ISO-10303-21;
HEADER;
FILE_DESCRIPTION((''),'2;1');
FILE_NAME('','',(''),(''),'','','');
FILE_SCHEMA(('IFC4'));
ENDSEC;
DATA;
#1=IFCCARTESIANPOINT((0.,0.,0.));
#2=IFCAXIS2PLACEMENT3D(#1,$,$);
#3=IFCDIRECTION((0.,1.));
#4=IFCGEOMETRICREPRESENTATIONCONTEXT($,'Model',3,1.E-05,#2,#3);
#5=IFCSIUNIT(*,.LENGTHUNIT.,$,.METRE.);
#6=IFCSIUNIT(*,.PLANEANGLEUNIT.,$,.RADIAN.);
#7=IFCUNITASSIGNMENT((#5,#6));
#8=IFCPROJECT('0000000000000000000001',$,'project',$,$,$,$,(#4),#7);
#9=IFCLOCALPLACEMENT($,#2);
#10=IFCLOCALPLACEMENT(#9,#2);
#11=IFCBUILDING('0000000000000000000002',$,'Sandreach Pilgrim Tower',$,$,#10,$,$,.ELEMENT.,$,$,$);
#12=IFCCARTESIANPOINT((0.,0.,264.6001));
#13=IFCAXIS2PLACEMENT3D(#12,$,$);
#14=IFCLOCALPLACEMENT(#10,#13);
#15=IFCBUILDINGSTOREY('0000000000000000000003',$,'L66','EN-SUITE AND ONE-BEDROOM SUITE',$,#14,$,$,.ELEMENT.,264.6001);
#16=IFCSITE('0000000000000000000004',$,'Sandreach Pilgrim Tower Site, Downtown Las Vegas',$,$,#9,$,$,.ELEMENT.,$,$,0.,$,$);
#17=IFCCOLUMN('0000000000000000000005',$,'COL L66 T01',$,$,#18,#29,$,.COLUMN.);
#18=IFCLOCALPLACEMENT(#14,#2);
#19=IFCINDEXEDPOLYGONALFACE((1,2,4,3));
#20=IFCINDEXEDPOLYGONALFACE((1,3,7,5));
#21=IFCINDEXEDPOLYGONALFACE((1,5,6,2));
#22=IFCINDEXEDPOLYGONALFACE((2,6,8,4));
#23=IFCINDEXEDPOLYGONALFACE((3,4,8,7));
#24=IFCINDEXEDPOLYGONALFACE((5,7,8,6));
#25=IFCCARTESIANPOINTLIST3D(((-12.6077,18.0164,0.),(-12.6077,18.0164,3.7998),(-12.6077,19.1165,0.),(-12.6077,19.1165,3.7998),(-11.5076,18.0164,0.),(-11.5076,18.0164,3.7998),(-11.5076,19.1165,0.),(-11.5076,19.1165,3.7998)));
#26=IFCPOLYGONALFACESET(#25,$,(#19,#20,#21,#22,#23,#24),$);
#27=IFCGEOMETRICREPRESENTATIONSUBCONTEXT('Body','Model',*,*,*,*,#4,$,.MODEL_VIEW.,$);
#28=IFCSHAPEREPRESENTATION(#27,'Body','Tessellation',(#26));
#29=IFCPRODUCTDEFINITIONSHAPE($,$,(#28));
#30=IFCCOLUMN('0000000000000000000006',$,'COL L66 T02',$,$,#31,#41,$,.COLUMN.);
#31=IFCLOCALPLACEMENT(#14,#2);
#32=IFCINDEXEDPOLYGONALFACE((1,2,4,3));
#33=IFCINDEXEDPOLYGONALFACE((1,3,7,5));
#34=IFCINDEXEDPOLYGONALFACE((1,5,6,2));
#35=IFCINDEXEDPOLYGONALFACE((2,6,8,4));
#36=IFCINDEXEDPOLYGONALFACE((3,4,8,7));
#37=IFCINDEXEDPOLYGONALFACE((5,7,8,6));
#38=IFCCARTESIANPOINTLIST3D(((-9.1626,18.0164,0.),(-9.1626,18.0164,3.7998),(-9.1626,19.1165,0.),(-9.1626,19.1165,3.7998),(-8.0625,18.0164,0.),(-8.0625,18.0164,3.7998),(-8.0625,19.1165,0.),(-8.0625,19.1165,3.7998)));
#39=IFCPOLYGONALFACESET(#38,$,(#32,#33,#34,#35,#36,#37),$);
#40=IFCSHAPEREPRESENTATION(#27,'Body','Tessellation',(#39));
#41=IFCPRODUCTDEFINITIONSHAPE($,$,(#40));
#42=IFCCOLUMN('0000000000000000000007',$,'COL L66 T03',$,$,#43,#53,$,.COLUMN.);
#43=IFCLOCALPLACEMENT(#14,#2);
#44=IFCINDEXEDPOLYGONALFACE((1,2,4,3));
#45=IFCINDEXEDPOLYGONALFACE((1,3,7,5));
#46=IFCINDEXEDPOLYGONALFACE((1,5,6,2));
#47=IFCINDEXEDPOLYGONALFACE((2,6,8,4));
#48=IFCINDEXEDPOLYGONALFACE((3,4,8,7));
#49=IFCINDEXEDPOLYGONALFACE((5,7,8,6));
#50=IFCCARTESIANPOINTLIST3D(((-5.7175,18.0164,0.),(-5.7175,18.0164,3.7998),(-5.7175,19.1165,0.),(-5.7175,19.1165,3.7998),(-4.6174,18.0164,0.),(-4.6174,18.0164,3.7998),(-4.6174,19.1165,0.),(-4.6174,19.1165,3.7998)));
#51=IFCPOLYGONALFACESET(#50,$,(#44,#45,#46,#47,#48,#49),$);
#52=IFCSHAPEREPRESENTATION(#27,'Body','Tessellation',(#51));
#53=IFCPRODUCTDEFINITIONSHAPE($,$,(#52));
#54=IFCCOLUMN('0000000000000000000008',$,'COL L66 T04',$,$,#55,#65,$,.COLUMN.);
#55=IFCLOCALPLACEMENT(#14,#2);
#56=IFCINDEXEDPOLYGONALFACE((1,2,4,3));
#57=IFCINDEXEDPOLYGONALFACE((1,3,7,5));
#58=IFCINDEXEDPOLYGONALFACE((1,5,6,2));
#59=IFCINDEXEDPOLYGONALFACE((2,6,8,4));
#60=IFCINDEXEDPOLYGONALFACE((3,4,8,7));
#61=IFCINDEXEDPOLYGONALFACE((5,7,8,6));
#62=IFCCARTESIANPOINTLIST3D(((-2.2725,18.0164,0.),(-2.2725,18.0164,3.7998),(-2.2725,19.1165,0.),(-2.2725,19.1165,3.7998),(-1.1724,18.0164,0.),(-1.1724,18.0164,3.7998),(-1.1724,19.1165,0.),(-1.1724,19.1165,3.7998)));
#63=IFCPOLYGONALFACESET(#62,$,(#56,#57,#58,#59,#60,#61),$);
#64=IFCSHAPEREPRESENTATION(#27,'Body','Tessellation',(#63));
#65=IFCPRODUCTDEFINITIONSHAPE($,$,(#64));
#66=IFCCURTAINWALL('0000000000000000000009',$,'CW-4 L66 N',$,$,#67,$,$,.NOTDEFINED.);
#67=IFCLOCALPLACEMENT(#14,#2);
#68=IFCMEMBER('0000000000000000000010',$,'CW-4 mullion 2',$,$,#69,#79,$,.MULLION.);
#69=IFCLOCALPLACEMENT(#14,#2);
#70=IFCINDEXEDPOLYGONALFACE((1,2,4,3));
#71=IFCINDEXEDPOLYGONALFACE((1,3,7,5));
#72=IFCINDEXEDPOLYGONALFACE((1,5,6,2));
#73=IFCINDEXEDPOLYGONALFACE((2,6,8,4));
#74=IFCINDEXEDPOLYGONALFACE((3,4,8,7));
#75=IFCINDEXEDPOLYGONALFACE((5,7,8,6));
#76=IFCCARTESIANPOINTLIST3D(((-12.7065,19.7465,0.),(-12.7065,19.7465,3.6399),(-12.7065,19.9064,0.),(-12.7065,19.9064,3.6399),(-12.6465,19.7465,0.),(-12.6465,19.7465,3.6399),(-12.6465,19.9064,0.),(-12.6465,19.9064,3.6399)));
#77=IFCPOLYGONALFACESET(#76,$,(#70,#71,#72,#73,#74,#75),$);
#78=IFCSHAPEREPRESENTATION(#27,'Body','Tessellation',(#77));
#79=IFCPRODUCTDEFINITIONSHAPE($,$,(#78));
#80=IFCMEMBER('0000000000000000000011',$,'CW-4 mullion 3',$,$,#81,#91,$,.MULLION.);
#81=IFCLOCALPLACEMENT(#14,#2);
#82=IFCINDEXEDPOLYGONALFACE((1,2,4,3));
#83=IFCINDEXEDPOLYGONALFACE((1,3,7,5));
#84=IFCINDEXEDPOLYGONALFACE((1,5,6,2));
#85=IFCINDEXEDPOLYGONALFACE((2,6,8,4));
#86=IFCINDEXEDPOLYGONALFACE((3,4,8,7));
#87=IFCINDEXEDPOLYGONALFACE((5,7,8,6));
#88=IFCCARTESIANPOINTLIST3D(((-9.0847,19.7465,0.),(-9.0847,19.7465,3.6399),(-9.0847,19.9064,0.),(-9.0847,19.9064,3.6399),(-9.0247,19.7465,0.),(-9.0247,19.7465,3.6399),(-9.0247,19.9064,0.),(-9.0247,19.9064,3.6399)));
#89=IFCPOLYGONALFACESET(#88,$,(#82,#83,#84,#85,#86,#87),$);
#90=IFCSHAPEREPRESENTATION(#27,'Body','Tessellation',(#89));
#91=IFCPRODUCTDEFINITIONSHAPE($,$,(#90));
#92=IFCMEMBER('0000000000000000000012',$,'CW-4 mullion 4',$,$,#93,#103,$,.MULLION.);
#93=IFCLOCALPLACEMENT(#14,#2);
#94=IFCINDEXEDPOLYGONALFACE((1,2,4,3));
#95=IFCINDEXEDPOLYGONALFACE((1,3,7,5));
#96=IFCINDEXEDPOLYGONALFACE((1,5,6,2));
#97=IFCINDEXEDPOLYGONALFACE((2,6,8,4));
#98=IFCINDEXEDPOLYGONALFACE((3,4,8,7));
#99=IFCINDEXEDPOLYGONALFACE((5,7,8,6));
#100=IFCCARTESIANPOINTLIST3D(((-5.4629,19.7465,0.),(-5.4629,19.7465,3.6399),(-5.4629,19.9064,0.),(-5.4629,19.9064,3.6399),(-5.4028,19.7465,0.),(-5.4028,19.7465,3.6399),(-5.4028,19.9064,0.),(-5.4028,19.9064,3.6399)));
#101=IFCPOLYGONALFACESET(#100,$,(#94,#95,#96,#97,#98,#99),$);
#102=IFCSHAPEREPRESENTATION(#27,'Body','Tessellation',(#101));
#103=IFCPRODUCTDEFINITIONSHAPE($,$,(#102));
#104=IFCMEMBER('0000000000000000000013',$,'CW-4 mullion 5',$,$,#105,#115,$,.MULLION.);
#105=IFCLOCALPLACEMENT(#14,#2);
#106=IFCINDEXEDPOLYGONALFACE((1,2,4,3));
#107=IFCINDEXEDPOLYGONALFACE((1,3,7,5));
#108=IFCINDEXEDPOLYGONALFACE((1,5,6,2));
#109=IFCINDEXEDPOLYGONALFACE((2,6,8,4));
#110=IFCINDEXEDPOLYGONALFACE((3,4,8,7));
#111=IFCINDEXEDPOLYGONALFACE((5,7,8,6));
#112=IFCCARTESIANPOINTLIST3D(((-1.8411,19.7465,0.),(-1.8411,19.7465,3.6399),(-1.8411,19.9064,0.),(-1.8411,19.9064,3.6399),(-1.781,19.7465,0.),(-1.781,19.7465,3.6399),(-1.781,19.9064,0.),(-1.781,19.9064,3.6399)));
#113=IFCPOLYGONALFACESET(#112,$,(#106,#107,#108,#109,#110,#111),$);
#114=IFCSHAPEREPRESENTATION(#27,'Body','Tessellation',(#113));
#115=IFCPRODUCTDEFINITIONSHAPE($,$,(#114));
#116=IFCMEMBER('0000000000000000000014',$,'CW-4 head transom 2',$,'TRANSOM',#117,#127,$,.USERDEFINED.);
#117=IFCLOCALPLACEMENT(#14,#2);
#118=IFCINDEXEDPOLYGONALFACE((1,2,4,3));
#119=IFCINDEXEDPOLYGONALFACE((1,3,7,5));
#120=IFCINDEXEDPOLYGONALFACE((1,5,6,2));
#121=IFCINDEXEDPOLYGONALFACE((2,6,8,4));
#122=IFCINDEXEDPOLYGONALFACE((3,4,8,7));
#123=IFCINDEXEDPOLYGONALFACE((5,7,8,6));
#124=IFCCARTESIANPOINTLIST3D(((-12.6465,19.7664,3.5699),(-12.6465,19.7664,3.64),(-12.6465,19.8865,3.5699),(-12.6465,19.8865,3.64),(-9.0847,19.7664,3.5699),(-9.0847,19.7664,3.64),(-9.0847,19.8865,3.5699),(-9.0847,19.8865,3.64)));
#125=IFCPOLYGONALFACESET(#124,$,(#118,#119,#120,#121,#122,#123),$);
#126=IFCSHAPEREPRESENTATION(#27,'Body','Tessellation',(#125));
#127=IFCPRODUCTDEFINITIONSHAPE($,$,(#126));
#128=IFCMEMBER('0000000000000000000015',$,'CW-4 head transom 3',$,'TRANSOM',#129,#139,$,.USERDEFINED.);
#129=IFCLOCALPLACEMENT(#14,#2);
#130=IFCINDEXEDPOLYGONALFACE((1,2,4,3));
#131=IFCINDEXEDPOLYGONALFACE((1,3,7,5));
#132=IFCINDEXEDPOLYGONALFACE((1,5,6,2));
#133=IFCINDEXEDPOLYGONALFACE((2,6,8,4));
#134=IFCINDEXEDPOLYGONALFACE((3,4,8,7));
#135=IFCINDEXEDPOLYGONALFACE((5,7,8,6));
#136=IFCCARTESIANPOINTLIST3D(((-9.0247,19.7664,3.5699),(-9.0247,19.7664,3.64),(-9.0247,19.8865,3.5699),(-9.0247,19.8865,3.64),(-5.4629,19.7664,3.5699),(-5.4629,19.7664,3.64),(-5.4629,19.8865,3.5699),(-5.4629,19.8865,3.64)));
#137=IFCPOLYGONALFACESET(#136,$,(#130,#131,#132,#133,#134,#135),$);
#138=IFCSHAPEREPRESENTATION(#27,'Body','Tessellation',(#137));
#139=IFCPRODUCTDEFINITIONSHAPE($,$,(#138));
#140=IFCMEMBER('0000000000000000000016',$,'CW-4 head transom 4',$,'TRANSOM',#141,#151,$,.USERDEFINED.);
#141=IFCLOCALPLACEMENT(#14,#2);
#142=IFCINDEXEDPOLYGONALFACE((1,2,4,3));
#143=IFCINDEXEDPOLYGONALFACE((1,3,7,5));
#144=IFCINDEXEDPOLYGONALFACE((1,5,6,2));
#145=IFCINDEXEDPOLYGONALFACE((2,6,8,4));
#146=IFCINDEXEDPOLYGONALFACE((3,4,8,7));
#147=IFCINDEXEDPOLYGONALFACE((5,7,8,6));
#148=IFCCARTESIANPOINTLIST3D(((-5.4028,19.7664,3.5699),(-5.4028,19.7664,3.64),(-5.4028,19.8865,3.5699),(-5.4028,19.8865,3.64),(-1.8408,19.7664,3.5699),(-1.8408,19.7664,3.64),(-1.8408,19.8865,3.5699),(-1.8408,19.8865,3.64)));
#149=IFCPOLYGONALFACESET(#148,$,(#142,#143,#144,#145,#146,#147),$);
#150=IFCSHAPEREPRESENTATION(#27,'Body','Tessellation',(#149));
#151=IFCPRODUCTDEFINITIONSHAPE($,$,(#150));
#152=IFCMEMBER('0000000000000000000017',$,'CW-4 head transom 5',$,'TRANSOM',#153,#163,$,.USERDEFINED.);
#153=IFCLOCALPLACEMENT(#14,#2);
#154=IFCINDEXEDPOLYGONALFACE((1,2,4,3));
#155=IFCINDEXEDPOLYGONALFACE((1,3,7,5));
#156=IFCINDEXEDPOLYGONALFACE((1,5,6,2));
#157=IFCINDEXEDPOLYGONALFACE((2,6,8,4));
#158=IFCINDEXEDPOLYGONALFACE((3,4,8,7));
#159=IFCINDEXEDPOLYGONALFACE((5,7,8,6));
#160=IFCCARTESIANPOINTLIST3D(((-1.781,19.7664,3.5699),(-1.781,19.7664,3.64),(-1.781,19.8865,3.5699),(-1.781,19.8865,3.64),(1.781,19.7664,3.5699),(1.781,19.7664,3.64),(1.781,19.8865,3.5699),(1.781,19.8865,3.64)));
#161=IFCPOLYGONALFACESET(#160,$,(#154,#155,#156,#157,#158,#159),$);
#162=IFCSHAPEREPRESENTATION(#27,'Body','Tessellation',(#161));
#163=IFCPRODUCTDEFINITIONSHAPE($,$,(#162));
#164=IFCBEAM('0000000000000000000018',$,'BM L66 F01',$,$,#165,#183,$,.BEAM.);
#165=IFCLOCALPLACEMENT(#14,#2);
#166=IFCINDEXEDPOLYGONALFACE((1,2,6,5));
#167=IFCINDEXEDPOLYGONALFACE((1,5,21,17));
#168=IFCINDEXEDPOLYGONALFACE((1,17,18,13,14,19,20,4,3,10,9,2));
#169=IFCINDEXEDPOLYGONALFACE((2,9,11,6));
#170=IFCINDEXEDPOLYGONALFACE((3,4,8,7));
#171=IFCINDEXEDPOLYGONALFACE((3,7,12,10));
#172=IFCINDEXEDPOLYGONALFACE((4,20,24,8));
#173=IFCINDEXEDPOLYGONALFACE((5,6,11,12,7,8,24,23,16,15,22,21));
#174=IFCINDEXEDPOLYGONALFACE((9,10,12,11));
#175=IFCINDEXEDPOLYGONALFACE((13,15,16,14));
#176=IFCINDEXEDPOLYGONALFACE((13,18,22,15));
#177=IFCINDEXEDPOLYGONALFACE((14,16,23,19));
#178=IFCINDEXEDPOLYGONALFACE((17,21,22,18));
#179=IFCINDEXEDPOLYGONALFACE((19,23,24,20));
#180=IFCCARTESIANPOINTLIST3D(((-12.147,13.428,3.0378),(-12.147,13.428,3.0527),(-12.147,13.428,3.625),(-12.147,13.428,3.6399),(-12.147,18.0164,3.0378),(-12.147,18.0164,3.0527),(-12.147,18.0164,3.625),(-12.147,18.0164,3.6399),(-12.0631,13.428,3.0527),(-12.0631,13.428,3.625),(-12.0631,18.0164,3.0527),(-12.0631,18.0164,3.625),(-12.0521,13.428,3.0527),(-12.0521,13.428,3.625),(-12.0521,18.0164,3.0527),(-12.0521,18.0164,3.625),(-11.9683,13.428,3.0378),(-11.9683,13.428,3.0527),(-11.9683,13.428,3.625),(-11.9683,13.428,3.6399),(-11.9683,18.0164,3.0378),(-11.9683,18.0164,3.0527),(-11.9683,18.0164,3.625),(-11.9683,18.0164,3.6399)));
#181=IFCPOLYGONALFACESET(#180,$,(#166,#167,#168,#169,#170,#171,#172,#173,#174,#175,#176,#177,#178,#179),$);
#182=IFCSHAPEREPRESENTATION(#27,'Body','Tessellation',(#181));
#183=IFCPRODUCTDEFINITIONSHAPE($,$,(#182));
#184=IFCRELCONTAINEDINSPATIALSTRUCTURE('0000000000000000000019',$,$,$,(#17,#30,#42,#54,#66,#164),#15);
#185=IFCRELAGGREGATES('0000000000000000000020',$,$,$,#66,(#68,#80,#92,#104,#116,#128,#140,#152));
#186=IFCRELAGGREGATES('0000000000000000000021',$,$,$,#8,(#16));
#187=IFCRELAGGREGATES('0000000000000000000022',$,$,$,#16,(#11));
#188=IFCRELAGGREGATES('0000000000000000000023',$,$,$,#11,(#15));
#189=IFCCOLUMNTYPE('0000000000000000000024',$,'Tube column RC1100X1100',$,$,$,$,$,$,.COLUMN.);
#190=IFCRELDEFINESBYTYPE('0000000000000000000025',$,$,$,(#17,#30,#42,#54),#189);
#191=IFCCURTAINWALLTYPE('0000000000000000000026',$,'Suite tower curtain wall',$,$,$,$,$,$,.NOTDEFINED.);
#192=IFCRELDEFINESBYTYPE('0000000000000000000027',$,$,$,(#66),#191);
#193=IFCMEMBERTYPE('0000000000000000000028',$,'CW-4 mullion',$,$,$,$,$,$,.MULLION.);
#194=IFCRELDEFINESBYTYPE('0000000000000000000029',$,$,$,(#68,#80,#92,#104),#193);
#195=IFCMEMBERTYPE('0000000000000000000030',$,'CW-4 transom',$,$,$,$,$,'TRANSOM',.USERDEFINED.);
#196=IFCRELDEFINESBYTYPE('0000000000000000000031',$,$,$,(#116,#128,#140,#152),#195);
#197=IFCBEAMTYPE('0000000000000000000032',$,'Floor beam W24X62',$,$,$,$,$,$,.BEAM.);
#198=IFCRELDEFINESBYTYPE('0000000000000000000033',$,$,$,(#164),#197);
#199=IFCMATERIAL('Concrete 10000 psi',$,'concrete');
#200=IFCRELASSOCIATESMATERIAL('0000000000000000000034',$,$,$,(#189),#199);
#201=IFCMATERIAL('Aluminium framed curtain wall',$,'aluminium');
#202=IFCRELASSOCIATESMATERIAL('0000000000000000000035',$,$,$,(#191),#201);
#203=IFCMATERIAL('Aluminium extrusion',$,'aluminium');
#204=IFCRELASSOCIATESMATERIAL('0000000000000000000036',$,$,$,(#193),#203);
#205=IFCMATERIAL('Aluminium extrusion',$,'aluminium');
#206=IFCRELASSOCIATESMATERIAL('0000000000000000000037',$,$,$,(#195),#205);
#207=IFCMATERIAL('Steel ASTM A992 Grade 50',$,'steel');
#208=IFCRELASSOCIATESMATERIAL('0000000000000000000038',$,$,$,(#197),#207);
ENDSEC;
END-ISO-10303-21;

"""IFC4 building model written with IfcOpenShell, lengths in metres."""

from ifc_helpers import new_model, si_unit, direction, frame, origin, origin_2d, place, context, subcontext, project, spatial, rectangle, i_section, extrude, material, material_profile, profile_set, type_object, element, aggregate, save


model = new_model("IFC4")

# Units and contexts
model_context = context("Model", 3, precision=1e-05, world=origin(), true_north=direction((0.0, 1.0)))
body_context = subcontext(model_context, "Body", "Model", "MODEL_VIEW")
ifc_project = project(units=[si_unit("LENGTHUNIT", "METRE"), si_unit("PLANEANGLEUNIT", "RADIAN")], contexts=[model_context])

# Site, building, storey
site_placement = place(None, origin())
site = spatial("IfcSite", under=ifc_project, at=site_placement, Name="Sandreach Pilgrim Tower Site, Downtown Las Vegas", CompositionType="ELEMENT", RefElevation=0.0)
building_placement = place(site_placement, origin())
building = spatial("IfcBuilding", under=site, at=building_placement, Name="Sandreach Pilgrim Tower", CompositionType="ELEMENT")
storey_placement = place(building_placement, frame((0.0, 0.0, 264.6001)))
storey = spatial("IfcBuildingStorey", under=building, at=storey_placement, Name="L66", Description="EN-SUITE AND ONE-BEDROOM SUITE", CompositionType="ELEMENT", Elevation=264.6001)

# Columns
ifc_material_1 = material(Name="Concrete 10000 psi", Category="concrete")
ifc_material_profile_1 = material_profile(ifc_material_1, rectangle(XDim=1.1001, YDim=1.1001, at=origin_2d()), Name="RC1100X1100")
ifc_profile_set_1 = profile_set([ifc_material_profile_1], Name="Concrete 10000 psi")
column_type = type_object("IfcColumnType", Name="Tube column RC1100X1100", PredefinedType="COLUMN", material=ifc_profile_set_1)
for number, where, z_axis, x_axis, name in (
    (1, (-12.0576, 18.5664, 0.0), (0.0, 0.0, 1.0), (0.0, 1.0, 0.0), "COL L66 T01"),
    (2, (-8.6125, 18.5664, 0.0), (0.0, 0.0, 1.0), (0.0, 1.0, 0.0), "COL L66 T02"),
    (3, (-5.1675, 18.5664, 0.0), (0.0, 0.0, 1.0), (0.0, 1.0, 0.0), "COL L66 T03"),
    (4, (-1.7224, 18.5664, 0.0), (0.0, 0.0, 1.0), (0.0, 1.0, 0.0), "COL L66 T04"),
):
    element("IfcColumn", number, at=place(storey_placement, frame(where, z_axis=z_axis, x_axis=x_axis)), inside=storey, type_object=column_type, Name=name, PredefinedType="COLUMN", context=body_context, shape_type="SweptSolid", body=[
        extrude(rectangle(XDim=1.1001, YDim=1.1001, at=origin_2d()), origin(), (0.0, 0.0, 1.0), 3.7998),
    ])

# Curtain wall, members
ifc_material_2 = material(Name="Aluminium framed curtain wall", Category="aluminium")
curtain_wall_type = type_object("IfcCurtainWallType", Name="Suite tower curtain wall", PredefinedType="NOTDEFINED", material=ifc_material_2)
curtain_wall_placement = place(storey_placement, origin())
curtain_wall = element("IfcCurtainWall", 5, at=curtain_wall_placement, inside=storey, type_object=curtain_wall_type, Name="CW-4 L66 N", PredefinedType="NOTDEFINED")
ifc_material_3 = material(Name="Aluminium extrusion", Category="aluminium")
ifc_material_profile_2 = material_profile(ifc_material_3, rectangle(XDim=0.0601, YDim=0.1599, at=origin_2d()), Name="CW-4M 60X160")
ifc_profile_set_2 = profile_set([ifc_material_profile_2], Name="Aluminium extrusion")
member_type_1 = type_object("IfcMemberType", Name="CW-4 mullion", PredefinedType="MULLION", material=ifc_profile_set_2)
member_1_placement = place(storey_placement, frame((-12.6765, 19.8264, 0.0), z_axis=(0.0, 0.0, 1.0), x_axis=(1.0, 0.0, 0.0)))
member_1 = element("IfcMember", 6, at=member_1_placement, type_object=member_type_1, Name="CW-4 mullion 2", PredefinedType="MULLION", context=body_context, shape_type="SweptSolid", body=[
    extrude(rectangle(XDim=0.0601, YDim=0.1599, at=origin_2d()), origin(), (0.0, 0.0, 1.0), 3.6399),
])
member_2_placement = place(storey_placement, frame((-9.0547, 19.8264, 0.0), z_axis=(0.0, 0.0, 1.0), x_axis=(1.0, 0.0, 0.0)))
member_2 = element("IfcMember", 7, at=member_2_placement, type_object=member_type_1, Name="CW-4 mullion 3", PredefinedType="MULLION", context=body_context, shape_type="SweptSolid", body=[
    extrude(rectangle(XDim=0.0601, YDim=0.1599, at=origin_2d()), origin(), (0.0, 0.0, 1.0), 3.6399),
])
member_3_placement = place(storey_placement, frame((-5.4329, 19.8264, 0.0), z_axis=(0.0, 0.0, 1.0), x_axis=(1.0, 0.0, 0.0)))
member_3 = element("IfcMember", 8, at=member_3_placement, type_object=member_type_1, Name="CW-4 mullion 4", PredefinedType="MULLION", context=body_context, shape_type="SweptSolid", body=[
    extrude(rectangle(XDim=0.0601, YDim=0.1599, at=origin_2d()), origin(), (0.0, 0.0, 1.0), 3.6399),
])
member_4_placement = place(storey_placement, frame((-1.811, 19.8264, 0.0), z_axis=(0.0, 0.0, 1.0), x_axis=(1.0, 0.0, 0.0)))
member_4 = element("IfcMember", 9, at=member_4_placement, type_object=member_type_1, Name="CW-4 mullion 5", PredefinedType="MULLION", context=body_context, shape_type="SweptSolid", body=[
    extrude(rectangle(XDim=0.0601, YDim=0.1599, at=origin_2d()), origin(), (0.0, 0.0, 1.0), 3.6399),
])
ifc_material_4 = material(Name="Aluminium extrusion", Category="aluminium")
ifc_material_profile_3 = material_profile(ifc_material_4, rectangle(XDim=0.1201, YDim=0.0701, at=origin_2d()), Name="CW-4T 120X70")
ifc_profile_set_3 = profile_set([ifc_material_profile_3], Name="Aluminium extrusion")
member_type_2 = type_object("IfcMemberType", Name="CW-4 transom", ElementType="TRANSOM", PredefinedType="USERDEFINED", material=ifc_profile_set_3)
member_5_placement = place(storey_placement, frame((-12.6465, 19.8264, 3.605), z_axis=(1.0, 0.0, 0.0), x_axis=(0.0, 1.0, 0.0)))
member_5 = element("IfcMember", 10, at=member_5_placement, type_object=member_type_2, Name="CW-4 head transom 2", ObjectType="TRANSOM", PredefinedType="USERDEFINED", context=body_context, shape_type="SweptSolid", body=[
    extrude(rectangle(XDim=0.1201, YDim=0.0701, at=origin_2d()), origin(), (0.0, 0.0, 1.0), 3.5618),
])
member_6_placement = place(storey_placement, frame((-9.0247, 19.8264, 3.605), z_axis=(1.0, 0.0, 0.0), x_axis=(0.0, 1.0, 0.0)))
member_6 = element("IfcMember", 11, at=member_6_placement, type_object=member_type_2, Name="CW-4 head transom 3", ObjectType="TRANSOM", PredefinedType="USERDEFINED", context=body_context, shape_type="SweptSolid", body=[
    extrude(rectangle(XDim=0.1201, YDim=0.0701, at=origin_2d()), origin(), (0.0, 0.0, 1.0), 3.5618),
])
member_7_placement = place(storey_placement, frame((-5.4028, 19.8264, 3.605), z_axis=(1.0, 0.0, 0.0), x_axis=(0.0, 1.0, 0.0)))
member_7 = element("IfcMember", 12, at=member_7_placement, type_object=member_type_2, Name="CW-4 head transom 4", ObjectType="TRANSOM", PredefinedType="USERDEFINED", context=body_context, shape_type="SweptSolid", body=[
    extrude(rectangle(XDim=0.1201, YDim=0.0701, at=origin_2d()), origin(), (0.0, 0.0, 1.0), 3.562),
])
member_8_placement = place(storey_placement, frame((-1.781, 19.8264, 3.605), z_axis=(1.0, 0.0, 0.0), x_axis=(0.0, 1.0, 0.0)))
member_8 = element("IfcMember", 13, at=member_8_placement, type_object=member_type_2, Name="CW-4 head transom 5", ObjectType="TRANSOM", PredefinedType="USERDEFINED", context=body_context, shape_type="SweptSolid", body=[
    extrude(rectangle(XDim=0.1201, YDim=0.0701, at=origin_2d()), origin(), (0.0, 0.0, 1.0), 3.562),
])

# Beam
ifc_material_5 = material(Name="Steel ASTM A992 Grade 50", Category="steel")
ifc_material_profile_4 = material_profile(ifc_material_5, i_section(OverallWidth=0.1787, OverallDepth=0.6021, WebThickness=0.011, FlangeThickness=0.0149, at=origin_2d()), Name="W24X62")
ifc_profile_set_4 = profile_set([ifc_material_profile_4], Name="Steel ASTM A992 Grade 50")
beam_type_1 = type_object("IfcBeamType", Name="Floor beam W24X62", PredefinedType="BEAM", material=ifc_profile_set_4)
beam_1_placement = place(storey_placement, frame((-12.0576, 18.0164, 3.3389), z_axis=(0.0, -1.0, 0.0), x_axis=(1.0, 0.0, 0.0)))
element("IfcBeam", 14, at=beam_1_placement, inside=storey, type_object=beam_type_1, Name="BM L66 F01", PredefinedType="BEAM", context=body_context, shape_type="SweptSolid", body=[
    extrude(i_section(OverallWidth=0.1787, OverallDepth=0.6021, WebThickness=0.011, FlangeThickness=0.0149, at=origin_2d()), origin(), (0.0, 0.0, 1.0), 4.5884),
])

aggregate(curtain_wall, [member_1, member_2, member_3, member_4, member_5, member_6, member_7, member_8])

save(model, "model.ifc")
